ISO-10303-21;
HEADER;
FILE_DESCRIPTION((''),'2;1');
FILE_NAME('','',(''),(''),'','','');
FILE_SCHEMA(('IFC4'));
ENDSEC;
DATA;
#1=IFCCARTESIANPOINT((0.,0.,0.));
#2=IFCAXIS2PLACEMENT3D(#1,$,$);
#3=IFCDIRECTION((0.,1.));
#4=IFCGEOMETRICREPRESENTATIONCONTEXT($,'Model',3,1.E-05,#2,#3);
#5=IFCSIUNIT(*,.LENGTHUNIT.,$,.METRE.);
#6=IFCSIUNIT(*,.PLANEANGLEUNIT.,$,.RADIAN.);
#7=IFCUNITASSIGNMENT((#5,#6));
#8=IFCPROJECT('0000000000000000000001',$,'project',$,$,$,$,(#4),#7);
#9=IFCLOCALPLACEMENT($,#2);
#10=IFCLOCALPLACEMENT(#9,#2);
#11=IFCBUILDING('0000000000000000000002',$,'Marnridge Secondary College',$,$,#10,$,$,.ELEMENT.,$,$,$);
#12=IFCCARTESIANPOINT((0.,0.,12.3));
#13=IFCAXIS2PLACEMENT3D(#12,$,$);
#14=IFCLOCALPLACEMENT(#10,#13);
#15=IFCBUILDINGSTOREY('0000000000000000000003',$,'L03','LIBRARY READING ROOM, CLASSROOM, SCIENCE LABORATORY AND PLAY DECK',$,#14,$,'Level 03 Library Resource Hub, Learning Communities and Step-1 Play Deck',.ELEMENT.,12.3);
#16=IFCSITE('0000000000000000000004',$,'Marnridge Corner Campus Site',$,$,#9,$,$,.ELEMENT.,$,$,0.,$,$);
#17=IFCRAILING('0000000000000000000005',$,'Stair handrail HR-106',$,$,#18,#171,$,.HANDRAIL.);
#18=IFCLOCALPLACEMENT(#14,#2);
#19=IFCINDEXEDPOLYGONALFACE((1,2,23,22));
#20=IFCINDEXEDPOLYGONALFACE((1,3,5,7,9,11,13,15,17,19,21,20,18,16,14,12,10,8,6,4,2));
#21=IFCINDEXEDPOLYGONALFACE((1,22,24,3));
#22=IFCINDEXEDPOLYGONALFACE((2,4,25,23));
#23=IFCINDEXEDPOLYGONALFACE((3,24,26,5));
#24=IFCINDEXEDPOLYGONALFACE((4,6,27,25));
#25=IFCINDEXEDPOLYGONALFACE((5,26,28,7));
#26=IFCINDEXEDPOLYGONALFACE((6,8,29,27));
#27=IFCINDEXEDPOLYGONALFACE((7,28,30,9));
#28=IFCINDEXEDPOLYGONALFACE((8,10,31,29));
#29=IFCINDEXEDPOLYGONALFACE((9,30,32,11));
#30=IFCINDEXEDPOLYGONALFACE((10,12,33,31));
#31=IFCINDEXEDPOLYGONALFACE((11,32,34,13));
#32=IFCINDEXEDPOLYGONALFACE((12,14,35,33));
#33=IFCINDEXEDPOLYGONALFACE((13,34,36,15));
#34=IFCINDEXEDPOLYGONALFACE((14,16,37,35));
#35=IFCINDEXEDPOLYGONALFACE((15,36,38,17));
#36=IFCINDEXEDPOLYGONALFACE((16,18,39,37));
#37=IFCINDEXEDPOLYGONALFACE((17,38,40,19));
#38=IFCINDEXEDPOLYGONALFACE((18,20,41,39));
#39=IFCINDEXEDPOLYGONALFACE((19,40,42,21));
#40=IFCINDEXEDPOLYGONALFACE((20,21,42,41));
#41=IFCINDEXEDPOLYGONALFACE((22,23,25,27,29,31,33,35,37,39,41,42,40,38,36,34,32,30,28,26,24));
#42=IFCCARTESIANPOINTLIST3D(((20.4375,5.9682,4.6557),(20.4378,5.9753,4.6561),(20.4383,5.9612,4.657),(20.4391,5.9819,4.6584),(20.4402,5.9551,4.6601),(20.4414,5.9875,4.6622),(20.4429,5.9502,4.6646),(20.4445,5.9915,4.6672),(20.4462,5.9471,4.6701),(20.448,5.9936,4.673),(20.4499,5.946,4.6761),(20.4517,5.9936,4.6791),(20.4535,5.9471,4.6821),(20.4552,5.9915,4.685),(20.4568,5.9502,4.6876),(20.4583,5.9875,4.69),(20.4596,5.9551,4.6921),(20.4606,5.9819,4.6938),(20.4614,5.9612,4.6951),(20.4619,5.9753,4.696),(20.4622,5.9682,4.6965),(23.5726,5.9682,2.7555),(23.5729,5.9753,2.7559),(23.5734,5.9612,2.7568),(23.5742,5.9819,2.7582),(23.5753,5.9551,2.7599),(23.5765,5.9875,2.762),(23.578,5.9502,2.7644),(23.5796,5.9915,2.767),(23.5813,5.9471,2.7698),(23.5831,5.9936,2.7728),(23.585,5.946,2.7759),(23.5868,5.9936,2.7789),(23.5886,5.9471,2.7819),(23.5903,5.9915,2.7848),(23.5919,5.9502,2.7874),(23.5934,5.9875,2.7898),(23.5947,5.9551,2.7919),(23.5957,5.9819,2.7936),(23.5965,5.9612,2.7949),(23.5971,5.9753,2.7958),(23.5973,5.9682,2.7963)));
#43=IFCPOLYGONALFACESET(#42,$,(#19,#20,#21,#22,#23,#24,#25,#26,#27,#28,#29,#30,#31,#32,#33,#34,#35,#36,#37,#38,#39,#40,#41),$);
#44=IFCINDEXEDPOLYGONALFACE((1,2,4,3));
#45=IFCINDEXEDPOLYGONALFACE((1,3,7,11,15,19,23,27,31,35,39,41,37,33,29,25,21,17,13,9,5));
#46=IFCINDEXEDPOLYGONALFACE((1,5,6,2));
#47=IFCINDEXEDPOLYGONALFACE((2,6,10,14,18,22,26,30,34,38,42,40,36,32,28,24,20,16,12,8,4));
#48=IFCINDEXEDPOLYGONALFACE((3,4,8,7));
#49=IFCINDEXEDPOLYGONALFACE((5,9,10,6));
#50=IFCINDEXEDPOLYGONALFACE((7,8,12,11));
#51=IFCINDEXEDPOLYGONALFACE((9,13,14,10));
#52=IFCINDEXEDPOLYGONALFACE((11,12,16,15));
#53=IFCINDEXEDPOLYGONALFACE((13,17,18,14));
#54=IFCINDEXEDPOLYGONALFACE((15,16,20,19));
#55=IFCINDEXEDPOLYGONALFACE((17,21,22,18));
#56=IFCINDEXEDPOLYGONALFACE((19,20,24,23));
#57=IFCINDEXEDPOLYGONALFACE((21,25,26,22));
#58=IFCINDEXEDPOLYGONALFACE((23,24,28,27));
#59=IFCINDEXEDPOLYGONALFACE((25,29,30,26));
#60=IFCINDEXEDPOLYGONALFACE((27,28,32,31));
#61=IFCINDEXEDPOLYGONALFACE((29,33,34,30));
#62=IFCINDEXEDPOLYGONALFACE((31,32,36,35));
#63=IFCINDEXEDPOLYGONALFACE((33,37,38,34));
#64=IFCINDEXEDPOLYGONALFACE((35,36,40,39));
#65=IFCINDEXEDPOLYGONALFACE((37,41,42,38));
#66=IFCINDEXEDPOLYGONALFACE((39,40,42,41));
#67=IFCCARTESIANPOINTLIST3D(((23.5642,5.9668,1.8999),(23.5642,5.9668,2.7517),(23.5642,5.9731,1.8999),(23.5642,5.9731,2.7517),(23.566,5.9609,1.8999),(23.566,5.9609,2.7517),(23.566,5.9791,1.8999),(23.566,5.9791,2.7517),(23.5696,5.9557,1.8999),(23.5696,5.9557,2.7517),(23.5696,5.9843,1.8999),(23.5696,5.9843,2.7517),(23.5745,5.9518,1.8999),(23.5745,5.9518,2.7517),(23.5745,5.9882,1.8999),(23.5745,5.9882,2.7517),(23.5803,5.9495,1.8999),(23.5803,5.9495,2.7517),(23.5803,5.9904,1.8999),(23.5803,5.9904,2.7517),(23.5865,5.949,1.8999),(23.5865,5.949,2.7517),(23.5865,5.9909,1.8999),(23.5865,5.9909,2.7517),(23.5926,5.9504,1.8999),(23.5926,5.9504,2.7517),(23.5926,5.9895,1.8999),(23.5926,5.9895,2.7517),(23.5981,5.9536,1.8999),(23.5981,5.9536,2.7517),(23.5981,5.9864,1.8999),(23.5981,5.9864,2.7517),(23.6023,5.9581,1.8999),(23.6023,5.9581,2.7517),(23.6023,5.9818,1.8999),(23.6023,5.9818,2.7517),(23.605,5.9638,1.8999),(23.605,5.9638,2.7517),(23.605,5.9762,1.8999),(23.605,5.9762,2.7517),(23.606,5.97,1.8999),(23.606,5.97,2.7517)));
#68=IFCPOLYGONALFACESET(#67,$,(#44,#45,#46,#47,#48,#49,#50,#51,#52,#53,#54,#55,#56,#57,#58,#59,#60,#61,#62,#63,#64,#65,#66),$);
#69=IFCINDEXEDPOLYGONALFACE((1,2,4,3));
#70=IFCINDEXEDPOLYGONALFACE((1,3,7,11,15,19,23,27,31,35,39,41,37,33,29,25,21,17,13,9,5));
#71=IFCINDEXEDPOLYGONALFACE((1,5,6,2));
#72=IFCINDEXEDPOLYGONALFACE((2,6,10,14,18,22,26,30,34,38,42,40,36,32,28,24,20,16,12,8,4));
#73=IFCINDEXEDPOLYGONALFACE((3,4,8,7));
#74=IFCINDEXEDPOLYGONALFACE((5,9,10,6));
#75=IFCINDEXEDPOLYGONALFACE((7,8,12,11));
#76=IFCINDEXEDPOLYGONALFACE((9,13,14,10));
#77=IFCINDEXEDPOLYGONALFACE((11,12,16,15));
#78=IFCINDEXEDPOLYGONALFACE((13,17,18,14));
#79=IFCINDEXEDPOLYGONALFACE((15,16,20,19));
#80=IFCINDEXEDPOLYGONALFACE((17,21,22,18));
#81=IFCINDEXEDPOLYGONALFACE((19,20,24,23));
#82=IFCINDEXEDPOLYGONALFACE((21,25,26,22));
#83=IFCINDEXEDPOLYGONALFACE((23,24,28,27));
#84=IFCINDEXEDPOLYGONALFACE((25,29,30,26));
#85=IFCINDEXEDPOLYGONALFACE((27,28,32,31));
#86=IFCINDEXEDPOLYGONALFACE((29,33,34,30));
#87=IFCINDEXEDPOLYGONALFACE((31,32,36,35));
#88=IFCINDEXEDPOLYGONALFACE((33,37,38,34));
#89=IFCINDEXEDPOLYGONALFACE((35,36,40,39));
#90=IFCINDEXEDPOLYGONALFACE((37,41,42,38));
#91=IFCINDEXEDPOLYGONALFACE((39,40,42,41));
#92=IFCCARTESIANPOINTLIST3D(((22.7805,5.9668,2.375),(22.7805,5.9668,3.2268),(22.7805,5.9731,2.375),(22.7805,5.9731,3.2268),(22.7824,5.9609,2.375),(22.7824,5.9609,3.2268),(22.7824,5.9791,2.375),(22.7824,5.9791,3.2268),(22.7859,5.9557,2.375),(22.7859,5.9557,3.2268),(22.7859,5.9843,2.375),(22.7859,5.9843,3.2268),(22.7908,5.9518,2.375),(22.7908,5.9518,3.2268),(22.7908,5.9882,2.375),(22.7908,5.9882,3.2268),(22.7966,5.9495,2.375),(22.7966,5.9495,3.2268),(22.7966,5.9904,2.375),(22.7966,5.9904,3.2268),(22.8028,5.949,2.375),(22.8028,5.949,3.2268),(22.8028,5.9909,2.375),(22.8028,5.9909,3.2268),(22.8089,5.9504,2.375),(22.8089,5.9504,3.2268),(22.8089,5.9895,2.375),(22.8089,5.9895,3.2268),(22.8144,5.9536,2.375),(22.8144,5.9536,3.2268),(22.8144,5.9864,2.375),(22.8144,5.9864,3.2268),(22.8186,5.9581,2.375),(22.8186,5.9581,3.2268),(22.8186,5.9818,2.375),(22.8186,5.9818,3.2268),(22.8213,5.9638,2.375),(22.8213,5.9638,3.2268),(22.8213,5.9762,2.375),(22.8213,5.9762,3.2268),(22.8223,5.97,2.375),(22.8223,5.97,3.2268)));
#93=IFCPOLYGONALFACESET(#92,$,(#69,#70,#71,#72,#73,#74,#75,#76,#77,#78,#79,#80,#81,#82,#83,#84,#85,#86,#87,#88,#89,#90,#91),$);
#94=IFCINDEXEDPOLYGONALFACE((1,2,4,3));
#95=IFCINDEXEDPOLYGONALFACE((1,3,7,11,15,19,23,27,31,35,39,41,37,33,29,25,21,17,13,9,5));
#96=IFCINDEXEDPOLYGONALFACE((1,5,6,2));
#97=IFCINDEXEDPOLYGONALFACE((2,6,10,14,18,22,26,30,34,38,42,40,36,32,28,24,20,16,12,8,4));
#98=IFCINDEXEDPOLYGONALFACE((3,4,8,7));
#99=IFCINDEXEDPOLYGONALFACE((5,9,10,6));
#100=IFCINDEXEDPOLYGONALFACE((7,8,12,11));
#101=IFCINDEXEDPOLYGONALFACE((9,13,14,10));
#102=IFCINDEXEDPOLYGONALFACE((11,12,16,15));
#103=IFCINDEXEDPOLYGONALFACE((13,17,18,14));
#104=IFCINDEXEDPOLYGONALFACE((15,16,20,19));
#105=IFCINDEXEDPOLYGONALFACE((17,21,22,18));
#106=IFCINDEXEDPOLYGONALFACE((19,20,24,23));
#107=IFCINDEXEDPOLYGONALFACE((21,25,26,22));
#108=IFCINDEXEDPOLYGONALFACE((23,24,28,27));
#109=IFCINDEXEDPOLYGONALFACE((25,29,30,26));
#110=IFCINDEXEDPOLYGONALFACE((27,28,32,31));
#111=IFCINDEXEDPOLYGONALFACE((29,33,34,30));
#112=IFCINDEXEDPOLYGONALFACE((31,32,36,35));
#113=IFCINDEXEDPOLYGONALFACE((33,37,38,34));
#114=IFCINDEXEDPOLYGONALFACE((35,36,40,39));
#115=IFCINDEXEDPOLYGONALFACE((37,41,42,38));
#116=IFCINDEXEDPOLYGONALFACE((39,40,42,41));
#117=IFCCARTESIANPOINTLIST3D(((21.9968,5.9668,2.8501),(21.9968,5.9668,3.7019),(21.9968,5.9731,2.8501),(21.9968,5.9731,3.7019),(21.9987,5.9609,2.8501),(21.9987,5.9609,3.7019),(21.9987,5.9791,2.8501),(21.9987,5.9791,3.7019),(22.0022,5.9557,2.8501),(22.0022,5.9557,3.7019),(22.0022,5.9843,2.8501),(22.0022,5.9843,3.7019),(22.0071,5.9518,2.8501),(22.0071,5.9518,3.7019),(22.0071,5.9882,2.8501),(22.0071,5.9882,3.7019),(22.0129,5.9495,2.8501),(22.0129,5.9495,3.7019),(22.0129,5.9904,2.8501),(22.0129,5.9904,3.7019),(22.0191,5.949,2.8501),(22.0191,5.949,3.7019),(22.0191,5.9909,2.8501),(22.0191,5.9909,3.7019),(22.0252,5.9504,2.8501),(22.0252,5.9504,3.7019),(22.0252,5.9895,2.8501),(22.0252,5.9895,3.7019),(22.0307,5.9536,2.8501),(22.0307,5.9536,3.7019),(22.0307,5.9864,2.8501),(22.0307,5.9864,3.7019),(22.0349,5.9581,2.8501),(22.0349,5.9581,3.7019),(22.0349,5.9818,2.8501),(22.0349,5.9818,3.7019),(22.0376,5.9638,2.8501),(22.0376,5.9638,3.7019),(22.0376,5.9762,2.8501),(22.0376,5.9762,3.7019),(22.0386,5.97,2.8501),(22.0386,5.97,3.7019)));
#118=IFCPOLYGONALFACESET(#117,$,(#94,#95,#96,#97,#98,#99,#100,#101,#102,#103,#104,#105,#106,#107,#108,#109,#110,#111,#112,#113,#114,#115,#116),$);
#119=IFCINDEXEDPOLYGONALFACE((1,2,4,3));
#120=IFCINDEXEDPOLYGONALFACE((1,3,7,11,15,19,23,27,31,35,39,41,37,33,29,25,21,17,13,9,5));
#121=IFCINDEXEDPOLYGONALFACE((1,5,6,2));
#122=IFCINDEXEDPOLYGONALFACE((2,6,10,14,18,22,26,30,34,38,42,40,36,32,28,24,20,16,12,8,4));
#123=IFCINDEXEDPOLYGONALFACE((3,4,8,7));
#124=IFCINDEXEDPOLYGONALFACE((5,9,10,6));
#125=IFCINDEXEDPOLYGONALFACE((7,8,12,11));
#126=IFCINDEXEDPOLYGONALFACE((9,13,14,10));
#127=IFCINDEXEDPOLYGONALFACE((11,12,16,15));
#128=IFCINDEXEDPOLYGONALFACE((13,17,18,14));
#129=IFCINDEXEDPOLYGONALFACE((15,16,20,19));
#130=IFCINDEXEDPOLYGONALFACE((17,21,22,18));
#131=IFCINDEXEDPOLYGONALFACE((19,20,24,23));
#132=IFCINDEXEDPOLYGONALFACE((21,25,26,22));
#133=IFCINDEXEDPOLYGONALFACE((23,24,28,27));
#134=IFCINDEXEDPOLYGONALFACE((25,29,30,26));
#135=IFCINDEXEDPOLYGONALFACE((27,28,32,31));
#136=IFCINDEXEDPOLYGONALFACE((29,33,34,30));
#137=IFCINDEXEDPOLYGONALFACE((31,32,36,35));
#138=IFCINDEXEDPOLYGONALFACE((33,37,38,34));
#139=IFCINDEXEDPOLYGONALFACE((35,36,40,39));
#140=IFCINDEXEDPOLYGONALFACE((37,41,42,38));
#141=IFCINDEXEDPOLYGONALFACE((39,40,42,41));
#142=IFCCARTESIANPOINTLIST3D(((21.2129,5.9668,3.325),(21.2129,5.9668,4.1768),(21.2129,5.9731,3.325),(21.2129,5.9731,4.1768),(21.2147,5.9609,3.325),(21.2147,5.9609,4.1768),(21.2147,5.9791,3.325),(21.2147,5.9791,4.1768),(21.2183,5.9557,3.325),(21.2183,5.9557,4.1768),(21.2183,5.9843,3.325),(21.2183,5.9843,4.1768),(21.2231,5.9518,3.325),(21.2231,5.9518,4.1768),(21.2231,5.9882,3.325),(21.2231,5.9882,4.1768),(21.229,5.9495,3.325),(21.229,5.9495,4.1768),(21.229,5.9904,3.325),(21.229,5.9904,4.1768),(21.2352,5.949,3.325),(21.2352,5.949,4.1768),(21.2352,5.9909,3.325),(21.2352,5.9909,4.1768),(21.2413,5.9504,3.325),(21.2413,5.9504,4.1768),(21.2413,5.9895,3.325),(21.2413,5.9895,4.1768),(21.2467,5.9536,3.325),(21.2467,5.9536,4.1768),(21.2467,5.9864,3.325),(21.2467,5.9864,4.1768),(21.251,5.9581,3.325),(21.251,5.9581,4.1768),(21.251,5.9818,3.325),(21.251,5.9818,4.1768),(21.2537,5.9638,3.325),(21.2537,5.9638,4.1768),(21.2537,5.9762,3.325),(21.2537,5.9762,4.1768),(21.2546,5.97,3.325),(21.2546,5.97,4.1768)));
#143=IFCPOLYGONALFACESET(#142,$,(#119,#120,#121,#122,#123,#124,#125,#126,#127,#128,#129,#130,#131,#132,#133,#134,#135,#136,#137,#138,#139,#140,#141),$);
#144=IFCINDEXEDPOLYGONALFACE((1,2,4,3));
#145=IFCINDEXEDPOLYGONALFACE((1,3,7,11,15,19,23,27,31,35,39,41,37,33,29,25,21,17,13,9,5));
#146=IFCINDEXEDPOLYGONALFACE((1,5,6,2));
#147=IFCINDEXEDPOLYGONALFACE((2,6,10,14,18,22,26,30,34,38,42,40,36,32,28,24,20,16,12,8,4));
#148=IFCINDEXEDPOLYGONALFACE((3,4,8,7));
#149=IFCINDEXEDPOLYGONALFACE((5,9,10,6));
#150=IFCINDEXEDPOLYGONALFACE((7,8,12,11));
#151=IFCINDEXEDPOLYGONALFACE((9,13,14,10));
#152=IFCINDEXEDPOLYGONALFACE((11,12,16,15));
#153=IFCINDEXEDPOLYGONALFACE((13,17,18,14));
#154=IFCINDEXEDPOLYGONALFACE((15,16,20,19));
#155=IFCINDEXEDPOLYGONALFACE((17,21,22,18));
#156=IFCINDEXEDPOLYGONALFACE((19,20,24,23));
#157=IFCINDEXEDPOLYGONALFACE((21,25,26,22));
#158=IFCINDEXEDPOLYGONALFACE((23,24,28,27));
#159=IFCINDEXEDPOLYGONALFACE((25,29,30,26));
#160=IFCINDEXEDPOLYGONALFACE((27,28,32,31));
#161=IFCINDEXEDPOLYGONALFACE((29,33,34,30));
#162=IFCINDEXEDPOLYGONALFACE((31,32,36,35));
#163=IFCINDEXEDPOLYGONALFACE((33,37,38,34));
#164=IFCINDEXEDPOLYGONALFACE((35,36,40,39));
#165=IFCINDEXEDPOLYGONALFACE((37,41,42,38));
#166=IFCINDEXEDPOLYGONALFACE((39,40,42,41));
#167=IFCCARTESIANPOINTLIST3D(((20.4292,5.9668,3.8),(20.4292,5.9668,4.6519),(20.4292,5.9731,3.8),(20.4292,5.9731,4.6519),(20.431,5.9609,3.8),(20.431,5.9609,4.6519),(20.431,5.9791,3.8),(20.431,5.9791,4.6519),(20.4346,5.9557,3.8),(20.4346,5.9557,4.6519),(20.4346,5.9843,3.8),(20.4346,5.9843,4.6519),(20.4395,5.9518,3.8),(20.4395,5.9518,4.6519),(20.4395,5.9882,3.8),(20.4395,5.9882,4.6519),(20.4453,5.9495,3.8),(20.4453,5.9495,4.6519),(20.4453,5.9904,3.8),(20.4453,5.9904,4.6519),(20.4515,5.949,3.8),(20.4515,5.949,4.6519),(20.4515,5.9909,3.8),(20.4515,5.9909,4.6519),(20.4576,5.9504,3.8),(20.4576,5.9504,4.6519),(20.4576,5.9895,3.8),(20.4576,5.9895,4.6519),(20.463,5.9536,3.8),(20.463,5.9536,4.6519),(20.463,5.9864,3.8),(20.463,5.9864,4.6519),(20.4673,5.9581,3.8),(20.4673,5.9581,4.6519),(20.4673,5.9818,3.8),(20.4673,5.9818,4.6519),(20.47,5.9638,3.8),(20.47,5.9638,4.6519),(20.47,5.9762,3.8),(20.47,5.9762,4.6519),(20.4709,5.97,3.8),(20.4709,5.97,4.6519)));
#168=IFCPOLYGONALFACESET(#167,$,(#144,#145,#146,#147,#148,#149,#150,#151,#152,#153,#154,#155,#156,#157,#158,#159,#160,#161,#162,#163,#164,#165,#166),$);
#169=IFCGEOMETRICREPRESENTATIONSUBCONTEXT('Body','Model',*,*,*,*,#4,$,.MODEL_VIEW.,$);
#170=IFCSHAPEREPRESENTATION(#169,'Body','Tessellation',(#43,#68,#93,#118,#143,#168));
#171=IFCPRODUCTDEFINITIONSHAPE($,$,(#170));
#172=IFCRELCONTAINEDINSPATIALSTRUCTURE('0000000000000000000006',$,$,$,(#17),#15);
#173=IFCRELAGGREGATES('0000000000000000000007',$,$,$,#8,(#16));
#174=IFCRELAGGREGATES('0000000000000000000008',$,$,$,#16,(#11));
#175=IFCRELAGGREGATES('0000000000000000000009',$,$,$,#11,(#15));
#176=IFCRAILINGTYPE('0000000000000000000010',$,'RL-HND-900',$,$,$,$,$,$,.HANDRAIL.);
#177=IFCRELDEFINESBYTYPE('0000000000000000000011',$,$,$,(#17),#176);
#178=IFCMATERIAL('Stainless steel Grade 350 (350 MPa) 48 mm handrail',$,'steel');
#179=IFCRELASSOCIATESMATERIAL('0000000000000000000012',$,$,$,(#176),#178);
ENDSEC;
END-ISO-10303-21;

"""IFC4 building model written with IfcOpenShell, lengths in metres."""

from ifc_helpers import new_model, si_unit, direction, frame, origin, origin_2d, place, context, subcontext, project, spatial, circle, extrude, material, type_object, element, save


model = new_model("IFC4")

# Units and contexts
model_context = context("Model", 3, precision=1e-05, world=origin(), true_north=direction((0.0, 1.0)))
body_context = subcontext(model_context, "Body", "Model", "MODEL_VIEW")
ifc_project = project(units=[si_unit("LENGTHUNIT", "METRE"), si_unit("PLANEANGLEUNIT", "RADIAN")], contexts=[model_context])

# Site, building, storey
site_placement = place(None, origin())
site = spatial("IfcSite", under=ifc_project, at=site_placement, Name="Marnridge Corner Campus Site", CompositionType="ELEMENT", RefElevation=0.0)
building_placement = place(site_placement, origin())
building = spatial("IfcBuilding", under=site, at=building_placement, Name="Marnridge Secondary College", CompositionType="ELEMENT")
storey_placement = place(building_placement, frame((0.0, 0.0, 12.3)))
storey = spatial("IfcBuildingStorey", under=building, at=storey_placement, Name="L03", Description="LIBRARY READING ROOM, CLASSROOM, SCIENCE LABORATORY AND PLAY DECK", LongName="Level 03 Library Resource Hub, Learning Communities and Step-1 Play Deck", CompositionType="ELEMENT", Elevation=12.3)

# Railing
ifc_material_1 = material(Name="Stainless steel Grade 350 (350 MPa) 48 mm handrail", Category="steel")
railing_type = type_object("IfcRailingType", Name="RL-HND-900", PredefinedType="HANDRAIL", material=ifc_material_1)
railing_placement = place(storey_placement, frame((23.585, 5.97, 1.8999)))
element("IfcRailing", 1, at=railing_placement, inside=storey, type_object=railing_type, Name="Stair handrail HR-106", PredefinedType="HANDRAIL", context=body_context, shape_type="SweptSolid", body=[
    extrude(circle(Radius=0.0239, at=origin_2d()), frame((0.0, 0.0, 0.876), z_axis=(-0.855181, 0.0, 0.51833), x_axis=(0.0, -1.0, 0.0)), (0.0, 0.0, 1.0), 3.666),
    extrude(circle(Radius=0.021, at=origin_2d()), origin(), (0.0, 0.0, 1.0), 0.8518),
    extrude(circle(Radius=0.021, at=origin_2d()), frame((-0.7837, 0.0, 0.4751)), (0.0, 0.0, 1.0), 0.8518),
    extrude(circle(Radius=0.021, at=origin_2d()), frame((-1.5674, 0.0, 0.9502)), (0.0, 0.0, 1.0), 0.8518),
    extrude(circle(Radius=0.021, at=origin_2d()), frame((-2.3513, 0.0, 1.425)), (0.0, 0.0, 1.0), 0.8518),
    extrude(circle(Radius=0.021, at=origin_2d()), frame((-3.135, 0.0, 1.9001)), (0.0, 0.0, 1.0), 0.8518),
])

save(model, "model.ifc")
